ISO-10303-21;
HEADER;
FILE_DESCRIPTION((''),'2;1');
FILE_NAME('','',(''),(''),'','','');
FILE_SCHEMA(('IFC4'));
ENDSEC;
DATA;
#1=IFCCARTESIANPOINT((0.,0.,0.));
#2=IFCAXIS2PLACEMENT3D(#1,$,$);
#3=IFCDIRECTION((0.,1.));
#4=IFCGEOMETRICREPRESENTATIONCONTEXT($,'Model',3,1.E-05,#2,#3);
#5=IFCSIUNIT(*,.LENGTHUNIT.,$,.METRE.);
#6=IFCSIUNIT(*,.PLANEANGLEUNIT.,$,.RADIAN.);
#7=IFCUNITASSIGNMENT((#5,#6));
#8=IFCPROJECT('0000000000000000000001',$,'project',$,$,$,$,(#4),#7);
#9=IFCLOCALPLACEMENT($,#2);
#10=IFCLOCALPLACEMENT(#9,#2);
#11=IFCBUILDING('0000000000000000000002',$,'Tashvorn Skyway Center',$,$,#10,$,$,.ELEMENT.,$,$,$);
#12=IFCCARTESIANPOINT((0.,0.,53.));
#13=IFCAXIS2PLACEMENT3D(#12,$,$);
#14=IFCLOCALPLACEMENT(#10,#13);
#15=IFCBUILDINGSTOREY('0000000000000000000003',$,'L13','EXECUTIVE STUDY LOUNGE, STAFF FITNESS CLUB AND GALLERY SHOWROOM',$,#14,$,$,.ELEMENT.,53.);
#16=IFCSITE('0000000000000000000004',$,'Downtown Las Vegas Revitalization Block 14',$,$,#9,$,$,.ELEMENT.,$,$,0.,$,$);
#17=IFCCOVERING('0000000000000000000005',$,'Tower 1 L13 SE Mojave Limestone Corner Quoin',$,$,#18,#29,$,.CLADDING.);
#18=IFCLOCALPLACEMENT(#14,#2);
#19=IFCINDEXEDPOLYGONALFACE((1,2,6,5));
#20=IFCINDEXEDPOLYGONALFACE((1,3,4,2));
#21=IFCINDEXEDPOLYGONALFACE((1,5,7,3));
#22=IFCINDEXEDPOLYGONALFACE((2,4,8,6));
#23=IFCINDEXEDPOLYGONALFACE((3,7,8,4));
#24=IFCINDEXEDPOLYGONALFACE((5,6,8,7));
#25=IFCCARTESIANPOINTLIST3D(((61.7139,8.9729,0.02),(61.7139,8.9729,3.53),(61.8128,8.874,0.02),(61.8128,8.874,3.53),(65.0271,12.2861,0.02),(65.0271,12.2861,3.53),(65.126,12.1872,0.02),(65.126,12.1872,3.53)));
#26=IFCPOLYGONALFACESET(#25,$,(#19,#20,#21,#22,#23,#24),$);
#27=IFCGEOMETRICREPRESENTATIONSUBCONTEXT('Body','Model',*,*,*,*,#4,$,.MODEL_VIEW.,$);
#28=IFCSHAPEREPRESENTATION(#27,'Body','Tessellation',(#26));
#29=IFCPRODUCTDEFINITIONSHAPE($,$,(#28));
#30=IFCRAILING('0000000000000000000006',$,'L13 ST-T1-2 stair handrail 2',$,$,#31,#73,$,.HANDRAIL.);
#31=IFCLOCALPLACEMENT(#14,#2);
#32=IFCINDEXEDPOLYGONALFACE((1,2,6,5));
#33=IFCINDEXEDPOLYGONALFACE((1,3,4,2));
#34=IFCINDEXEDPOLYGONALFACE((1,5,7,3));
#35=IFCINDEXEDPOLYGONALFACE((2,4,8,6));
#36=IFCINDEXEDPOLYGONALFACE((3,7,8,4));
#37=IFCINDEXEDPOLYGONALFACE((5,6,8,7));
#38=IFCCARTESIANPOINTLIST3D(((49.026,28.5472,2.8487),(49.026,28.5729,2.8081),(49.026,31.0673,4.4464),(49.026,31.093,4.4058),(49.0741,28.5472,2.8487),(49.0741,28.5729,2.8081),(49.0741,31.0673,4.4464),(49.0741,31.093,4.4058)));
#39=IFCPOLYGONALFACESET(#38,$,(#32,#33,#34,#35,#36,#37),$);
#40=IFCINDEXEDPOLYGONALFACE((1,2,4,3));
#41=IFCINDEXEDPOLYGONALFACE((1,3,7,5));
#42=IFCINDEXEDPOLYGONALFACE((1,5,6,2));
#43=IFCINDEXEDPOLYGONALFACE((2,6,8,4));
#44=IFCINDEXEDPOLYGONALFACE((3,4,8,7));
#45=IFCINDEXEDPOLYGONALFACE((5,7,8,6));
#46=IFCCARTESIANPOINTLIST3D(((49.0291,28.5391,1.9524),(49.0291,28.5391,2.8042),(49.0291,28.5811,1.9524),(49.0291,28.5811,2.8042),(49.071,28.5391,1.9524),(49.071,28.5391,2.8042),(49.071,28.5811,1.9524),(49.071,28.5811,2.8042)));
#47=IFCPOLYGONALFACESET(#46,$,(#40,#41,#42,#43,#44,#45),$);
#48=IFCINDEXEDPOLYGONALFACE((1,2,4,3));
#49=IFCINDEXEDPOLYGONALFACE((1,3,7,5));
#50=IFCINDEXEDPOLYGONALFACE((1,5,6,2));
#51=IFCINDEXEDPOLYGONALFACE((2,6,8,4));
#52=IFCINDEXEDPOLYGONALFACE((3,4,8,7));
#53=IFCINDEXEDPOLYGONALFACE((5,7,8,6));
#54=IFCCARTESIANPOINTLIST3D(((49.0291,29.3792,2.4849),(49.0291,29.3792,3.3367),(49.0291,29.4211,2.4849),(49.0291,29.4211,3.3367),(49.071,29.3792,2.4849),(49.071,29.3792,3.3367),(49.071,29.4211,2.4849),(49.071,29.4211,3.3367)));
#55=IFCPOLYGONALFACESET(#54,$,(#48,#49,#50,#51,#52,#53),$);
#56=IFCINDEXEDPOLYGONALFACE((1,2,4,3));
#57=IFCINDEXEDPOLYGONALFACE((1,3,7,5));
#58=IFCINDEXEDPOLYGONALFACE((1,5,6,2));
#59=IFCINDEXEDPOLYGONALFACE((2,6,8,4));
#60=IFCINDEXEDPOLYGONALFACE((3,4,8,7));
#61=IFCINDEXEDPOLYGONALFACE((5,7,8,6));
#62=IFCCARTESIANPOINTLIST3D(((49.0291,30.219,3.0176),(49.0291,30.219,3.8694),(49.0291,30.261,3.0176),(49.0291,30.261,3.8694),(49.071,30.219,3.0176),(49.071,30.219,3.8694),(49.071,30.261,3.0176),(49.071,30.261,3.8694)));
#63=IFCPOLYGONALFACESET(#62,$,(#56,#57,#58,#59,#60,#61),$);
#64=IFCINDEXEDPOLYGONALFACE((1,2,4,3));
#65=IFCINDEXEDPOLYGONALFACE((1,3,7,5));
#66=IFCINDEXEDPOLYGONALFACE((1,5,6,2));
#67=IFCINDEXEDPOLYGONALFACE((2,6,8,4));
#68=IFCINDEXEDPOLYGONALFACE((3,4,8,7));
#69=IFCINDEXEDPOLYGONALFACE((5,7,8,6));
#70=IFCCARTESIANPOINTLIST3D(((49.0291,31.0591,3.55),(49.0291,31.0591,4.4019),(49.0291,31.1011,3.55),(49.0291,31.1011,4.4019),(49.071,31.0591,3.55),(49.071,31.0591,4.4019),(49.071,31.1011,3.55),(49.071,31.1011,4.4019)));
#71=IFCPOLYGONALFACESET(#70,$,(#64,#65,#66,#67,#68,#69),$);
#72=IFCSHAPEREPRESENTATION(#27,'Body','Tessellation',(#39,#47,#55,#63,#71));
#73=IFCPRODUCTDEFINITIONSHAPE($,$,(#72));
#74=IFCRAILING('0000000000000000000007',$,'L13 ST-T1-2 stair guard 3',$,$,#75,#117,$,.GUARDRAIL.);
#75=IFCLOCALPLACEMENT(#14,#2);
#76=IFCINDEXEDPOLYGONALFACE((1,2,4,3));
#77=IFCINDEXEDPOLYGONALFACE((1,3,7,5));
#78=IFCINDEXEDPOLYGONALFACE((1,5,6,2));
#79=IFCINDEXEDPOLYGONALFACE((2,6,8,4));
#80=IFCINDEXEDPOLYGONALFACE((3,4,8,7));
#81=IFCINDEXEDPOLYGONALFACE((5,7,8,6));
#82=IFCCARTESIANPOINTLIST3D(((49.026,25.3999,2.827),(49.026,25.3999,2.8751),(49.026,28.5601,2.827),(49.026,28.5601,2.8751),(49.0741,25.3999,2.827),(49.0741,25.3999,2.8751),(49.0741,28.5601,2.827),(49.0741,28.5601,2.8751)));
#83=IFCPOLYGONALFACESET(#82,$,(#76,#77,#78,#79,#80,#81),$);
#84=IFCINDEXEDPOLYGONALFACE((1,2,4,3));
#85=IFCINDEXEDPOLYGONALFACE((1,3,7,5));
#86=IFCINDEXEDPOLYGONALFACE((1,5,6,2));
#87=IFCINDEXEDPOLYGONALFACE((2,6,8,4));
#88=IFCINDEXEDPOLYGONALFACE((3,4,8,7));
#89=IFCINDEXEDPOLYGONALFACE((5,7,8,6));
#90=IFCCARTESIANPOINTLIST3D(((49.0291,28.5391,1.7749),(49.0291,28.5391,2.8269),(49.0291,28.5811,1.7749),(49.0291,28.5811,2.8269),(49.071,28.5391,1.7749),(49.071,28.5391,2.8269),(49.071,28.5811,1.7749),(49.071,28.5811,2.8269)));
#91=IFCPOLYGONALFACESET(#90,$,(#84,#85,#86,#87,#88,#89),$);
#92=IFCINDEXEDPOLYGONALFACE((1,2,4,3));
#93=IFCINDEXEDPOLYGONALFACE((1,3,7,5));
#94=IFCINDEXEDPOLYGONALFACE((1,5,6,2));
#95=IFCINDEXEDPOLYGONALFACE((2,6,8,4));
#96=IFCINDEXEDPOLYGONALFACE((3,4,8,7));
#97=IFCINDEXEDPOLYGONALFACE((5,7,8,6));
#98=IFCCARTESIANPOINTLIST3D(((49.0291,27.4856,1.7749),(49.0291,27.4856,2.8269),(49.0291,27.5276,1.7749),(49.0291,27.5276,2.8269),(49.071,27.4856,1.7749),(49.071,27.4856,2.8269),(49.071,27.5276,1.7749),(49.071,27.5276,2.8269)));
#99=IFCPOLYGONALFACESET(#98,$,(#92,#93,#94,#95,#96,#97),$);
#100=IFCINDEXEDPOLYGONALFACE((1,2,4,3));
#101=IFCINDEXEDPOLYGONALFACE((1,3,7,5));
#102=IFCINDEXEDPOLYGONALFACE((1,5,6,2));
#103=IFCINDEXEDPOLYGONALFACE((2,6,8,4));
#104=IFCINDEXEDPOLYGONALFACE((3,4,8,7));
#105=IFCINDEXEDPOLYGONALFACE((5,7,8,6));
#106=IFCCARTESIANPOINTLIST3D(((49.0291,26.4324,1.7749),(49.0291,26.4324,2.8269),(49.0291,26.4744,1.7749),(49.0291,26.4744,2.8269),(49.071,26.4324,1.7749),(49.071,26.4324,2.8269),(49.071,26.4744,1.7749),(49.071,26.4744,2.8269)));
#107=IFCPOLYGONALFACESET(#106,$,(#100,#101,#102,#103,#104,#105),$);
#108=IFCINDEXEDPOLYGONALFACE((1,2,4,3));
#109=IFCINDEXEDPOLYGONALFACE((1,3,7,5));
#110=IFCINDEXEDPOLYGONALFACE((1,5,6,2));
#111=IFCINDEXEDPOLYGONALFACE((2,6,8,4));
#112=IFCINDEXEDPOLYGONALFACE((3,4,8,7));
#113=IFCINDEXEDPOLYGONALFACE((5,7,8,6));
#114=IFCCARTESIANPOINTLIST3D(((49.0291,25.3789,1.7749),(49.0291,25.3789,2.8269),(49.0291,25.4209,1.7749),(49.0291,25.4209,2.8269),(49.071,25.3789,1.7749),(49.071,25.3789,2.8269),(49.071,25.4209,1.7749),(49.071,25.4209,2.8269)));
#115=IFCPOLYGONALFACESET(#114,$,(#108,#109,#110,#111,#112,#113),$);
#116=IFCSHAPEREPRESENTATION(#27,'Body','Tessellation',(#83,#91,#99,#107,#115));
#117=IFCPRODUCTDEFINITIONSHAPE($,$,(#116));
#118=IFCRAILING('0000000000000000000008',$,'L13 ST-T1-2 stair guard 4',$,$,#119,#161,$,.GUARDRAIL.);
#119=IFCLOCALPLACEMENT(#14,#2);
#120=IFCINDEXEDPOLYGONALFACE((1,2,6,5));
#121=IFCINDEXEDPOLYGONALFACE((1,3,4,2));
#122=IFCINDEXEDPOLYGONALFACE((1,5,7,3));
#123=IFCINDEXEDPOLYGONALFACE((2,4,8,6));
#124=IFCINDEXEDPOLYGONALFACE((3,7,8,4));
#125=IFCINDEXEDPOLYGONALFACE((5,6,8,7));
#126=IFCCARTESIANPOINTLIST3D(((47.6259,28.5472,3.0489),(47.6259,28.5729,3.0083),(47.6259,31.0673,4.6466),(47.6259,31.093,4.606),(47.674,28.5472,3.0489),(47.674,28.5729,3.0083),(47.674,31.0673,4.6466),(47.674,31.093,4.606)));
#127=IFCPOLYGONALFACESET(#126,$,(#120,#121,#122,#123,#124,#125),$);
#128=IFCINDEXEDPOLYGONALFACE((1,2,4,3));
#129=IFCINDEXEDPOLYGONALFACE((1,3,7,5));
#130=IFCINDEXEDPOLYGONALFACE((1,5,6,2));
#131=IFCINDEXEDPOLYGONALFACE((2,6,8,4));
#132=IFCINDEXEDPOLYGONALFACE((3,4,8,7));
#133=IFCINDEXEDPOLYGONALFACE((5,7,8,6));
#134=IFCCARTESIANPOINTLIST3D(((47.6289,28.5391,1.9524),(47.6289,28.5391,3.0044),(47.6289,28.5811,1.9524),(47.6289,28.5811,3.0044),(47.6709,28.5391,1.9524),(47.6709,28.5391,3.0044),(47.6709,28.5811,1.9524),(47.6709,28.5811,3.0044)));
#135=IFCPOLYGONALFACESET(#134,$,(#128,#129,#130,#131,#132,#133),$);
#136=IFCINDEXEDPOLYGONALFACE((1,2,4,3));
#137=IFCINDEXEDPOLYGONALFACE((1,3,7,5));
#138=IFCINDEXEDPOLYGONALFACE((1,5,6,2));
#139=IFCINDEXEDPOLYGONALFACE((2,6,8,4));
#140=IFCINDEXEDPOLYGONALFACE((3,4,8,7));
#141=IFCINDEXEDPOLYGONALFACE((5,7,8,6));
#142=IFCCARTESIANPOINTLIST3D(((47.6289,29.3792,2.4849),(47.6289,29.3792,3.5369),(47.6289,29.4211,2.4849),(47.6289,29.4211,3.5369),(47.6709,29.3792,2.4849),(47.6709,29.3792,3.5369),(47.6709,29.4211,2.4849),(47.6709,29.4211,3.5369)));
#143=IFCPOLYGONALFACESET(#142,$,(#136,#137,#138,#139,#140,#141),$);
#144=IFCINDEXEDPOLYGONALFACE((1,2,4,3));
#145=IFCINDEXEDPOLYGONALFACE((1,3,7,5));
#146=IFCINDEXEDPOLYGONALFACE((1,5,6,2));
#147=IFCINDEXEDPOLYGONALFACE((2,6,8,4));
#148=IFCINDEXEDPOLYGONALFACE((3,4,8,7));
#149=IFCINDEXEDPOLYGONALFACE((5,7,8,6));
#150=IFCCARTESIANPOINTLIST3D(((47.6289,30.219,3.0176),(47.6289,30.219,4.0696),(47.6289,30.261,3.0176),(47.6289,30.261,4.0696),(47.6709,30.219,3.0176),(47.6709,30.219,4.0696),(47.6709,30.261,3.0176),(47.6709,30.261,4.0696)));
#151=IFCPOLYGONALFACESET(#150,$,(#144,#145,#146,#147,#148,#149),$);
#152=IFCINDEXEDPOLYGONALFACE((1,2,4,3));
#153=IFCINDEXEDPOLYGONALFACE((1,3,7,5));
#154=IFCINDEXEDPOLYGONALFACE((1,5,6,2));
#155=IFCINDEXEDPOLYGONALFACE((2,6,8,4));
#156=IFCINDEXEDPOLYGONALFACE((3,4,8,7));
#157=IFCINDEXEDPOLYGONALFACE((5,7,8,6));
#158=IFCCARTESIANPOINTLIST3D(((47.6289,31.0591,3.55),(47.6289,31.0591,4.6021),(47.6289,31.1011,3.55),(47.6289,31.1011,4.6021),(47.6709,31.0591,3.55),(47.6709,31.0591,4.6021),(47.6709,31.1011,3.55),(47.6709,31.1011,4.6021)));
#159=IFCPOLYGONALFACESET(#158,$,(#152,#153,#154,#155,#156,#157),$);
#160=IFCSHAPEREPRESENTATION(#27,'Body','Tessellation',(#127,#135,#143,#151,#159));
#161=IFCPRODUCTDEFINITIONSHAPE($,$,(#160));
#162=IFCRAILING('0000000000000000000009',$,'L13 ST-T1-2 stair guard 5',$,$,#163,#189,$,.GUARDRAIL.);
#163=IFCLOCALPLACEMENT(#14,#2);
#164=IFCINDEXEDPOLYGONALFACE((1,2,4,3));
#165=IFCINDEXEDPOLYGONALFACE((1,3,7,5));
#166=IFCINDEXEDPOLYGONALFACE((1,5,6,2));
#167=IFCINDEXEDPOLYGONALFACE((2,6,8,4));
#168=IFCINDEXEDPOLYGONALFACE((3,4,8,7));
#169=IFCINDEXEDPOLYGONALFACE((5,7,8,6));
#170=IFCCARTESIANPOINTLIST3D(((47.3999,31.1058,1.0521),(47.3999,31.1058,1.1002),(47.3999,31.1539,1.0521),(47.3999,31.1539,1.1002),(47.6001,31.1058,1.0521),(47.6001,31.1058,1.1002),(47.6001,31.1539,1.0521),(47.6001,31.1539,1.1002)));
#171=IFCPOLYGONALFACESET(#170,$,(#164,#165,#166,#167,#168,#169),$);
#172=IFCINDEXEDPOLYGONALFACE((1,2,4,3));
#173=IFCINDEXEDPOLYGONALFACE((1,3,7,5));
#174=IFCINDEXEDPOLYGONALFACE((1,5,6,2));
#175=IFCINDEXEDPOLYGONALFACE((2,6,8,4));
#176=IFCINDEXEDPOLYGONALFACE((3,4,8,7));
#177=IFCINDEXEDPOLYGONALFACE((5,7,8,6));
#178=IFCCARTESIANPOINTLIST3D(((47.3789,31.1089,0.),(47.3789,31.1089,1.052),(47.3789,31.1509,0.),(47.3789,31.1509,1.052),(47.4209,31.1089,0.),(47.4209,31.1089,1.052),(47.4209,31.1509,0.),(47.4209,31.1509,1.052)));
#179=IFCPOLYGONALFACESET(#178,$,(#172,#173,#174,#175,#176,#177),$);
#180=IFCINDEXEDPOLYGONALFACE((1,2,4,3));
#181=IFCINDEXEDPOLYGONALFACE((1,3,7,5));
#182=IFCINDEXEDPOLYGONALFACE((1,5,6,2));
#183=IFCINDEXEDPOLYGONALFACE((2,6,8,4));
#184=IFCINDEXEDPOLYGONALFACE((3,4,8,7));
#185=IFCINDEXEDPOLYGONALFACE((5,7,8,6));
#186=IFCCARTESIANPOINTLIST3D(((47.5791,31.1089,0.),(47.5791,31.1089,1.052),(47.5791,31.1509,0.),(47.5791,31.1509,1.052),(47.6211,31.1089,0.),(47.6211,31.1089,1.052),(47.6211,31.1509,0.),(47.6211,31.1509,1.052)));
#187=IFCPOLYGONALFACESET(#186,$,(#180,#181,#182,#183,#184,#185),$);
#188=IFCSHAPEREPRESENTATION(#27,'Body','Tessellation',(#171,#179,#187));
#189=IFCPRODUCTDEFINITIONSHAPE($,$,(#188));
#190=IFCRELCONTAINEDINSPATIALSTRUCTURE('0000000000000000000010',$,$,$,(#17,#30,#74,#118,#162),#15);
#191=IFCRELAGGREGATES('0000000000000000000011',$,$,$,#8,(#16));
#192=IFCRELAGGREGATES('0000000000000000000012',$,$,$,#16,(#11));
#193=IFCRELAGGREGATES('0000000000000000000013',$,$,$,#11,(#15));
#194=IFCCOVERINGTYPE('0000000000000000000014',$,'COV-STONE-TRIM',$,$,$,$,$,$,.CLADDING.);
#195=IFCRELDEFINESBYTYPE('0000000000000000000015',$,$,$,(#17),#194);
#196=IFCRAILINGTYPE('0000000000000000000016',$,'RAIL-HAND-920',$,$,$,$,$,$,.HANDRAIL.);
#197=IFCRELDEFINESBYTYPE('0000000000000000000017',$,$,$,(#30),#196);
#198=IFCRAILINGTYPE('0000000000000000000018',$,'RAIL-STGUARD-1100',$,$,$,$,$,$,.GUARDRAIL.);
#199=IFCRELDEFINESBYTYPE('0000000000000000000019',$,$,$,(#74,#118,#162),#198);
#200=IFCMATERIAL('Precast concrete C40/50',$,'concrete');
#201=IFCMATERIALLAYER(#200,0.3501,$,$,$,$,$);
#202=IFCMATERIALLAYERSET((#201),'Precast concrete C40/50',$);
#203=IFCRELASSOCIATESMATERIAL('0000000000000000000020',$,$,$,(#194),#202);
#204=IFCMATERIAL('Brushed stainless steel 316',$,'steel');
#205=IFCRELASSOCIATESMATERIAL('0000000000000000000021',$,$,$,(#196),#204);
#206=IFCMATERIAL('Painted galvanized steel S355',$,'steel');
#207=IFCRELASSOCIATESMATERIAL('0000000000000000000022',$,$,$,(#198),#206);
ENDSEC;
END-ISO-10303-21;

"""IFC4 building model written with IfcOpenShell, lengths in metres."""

from ifc_helpers import new_model, si_unit, direction, frame, origin, origin_2d, place, context, subcontext, project, spatial, rectangle, extrude, material, layer, layer_set, type_object, element, save


model = new_model("IFC4")

# Units and contexts
model_context = context("Model", 3, precision=1e-05, world=origin(), true_north=direction((0.0, 1.0)))
body_context = subcontext(model_context, "Body", "Model", "MODEL_VIEW")
ifc_project = project(units=[si_unit("LENGTHUNIT", "METRE"), si_unit("PLANEANGLEUNIT", "RADIAN")], contexts=[model_context])

# Site, building, storey
site_placement = place(None, origin())
site = spatial("IfcSite", under=ifc_project, at=site_placement, Name="Downtown Las Vegas Revitalization Block 14", CompositionType="ELEMENT", RefElevation=0.0)
building_placement = place(site_placement, origin())
building = spatial("IfcBuilding", under=site, at=building_placement, Name="Tashvorn Skyway Center", CompositionType="ELEMENT")
storey_placement = place(building_placement, frame((0.0, 0.0, 53.0)))
storey = spatial("IfcBuildingStorey", under=building, at=storey_placement, Name="L13", Description="EXECUTIVE STUDY LOUNGE, STAFF FITNESS CLUB AND GALLERY SHOWROOM", CompositionType="ELEMENT", Elevation=53.0)

# Covering
ifc_material_1 = material(Name="Precast concrete C40/50", Category="concrete")
ifc_layer_1 = layer(ifc_material_1, 0.3501)
ifc_layer_set_1 = layer_set([ifc_layer_1], Name="Precast concrete C40/50")
covering_type_1 = type_object("IfcCoveringType", Name="COV-STONE-TRIM", PredefinedType="CLADDING", material=ifc_layer_set_1)
covering_1_placement = place(storey_placement, frame((63.4199, 10.5801, 0.02), z_axis=(0.0, 0.0, 1.0), x_axis=(0.707107, 0.707107, 0.0)))
element("IfcCovering", 1, at=covering_1_placement, inside=storey, type_object=covering_type_1, Name="Tower 1 L13 SE Mojave Limestone Corner Quoin", PredefinedType="CLADDING", context=body_context, shape_type="SweptSolid", body=[
    extrude(rectangle(XDim=4.6855, YDim=0.1399, at=origin_2d()), origin(), (0.0, 0.0, 1.0), 3.51),
])

# Railings
ifc_material_2 = material(Name="Brushed stainless steel 316", Category="steel")
railing_type_1 = type_object("IfcRailingType", Name="RAIL-HAND-920", PredefinedType="HANDRAIL", material=ifc_material_2)
railing_1_placement = place(storey_placement, frame((49.05, 28.5601, 1.9524)))
element("IfcRailing", 2, at=railing_1_placement, inside=storey, type_object=railing_type_1, Name="L13 ST-T1-2 stair handrail 2", PredefinedType="HANDRAIL", context=body_context, shape_type="SweptSolid", body=[
    extrude(rectangle(XDim=0.0481, YDim=0.0481, at=origin_2d()), frame((0.0, 0.0, 0.876), z_axis=(0.0, 0.84457, 0.535445), x_axis=(-1.0, 0.0, 0.0)), (0.0, 0.0, 1.0), 2.9839),
    extrude(rectangle(XDim=0.042, YDim=0.042, at=origin_2d()), origin(), (0.0, 0.0, 1.0), 0.8518),
    extrude(rectangle(XDim=0.042, YDim=0.042, at=origin_2d()), frame((0.0, 0.8401, 0.5325)), (0.0, 0.0, 1.0), 0.8518),
    extrude(rectangle(XDim=0.042, YDim=0.042, at=origin_2d()), frame((0.0, 1.6799, 1.0652)), (0.0, 0.0, 1.0), 0.8518),
    extrude(rectangle(XDim=0.042, YDim=0.042, at=origin_2d()), frame((0.0, 2.52, 1.5977)), (0.0, 0.0, 1.0), 0.8518),
])
ifc_material_3 = material(Name="Painted galvanized steel S355", Category="steel")
railing_type_2 = type_object("IfcRailingType", Name="RAIL-STGUARD-1100", PredefinedType="GUARDRAIL", material=ifc_material_3)
railing_2_placement = place(storey_placement, frame((49.05, 28.5601, 1.7749)))
element("IfcRailing", 3, at=railing_2_placement, inside=storey, type_object=railing_type_2, Name="L13 ST-T1-2 stair guard 3", PredefinedType="GUARDRAIL", context=body_context, shape_type="SweptSolid", body=[
    extrude(rectangle(XDim=0.0481, YDim=0.0481, at=origin_2d()), frame((0.0, 0.0, 1.0762), z_axis=(0.0, -1.0, 0.0), x_axis=(1.0, 0.0, 0.0)), (0.0, 0.0, 1.0), 3.1602),
    extrude(rectangle(XDim=0.042, YDim=0.042, at=origin_2d()), origin(), (0.0, 0.0, 1.0), 1.052),
    extrude(rectangle(XDim=0.042, YDim=0.042, at=origin_2d()), frame((0.0, -1.0535, 0.0)), (0.0, 0.0, 1.0), 1.052),
    extrude(rectangle(XDim=0.042, YDim=0.042, at=origin_2d()), frame((0.0, -2.1067, 0.0)), (0.0, 0.0, 1.0), 1.052),
    extrude(rectangle(XDim=0.042, YDim=0.042, at=origin_2d()), frame((0.0, -3.1602, 0.0)), (0.0, 0.0, 1.0), 1.052),
])
railing_3_placement = place(storey_placement, frame((47.6499, 28.5601, 1.9524)))
element("IfcRailing", 4, at=railing_3_placement, inside=storey, type_object=railing_type_2, Name="L13 ST-T1-2 stair guard 4", PredefinedType="GUARDRAIL", context=body_context, shape_type="SweptSolid", body=[
    extrude(rectangle(XDim=0.0481, YDim=0.0481, at=origin_2d()), frame((0.0, 0.0, 1.0762), z_axis=(0.0, 0.84457, 0.535445), x_axis=(-1.0, 0.0, 0.0)), (0.0, 0.0, 1.0), 2.9839),
    extrude(rectangle(XDim=0.042, YDim=0.042, at=origin_2d()), origin(), (0.0, 0.0, 1.0), 1.052),
    extrude(rectangle(XDim=0.042, YDim=0.042, at=origin_2d()), frame((0.0, 0.8401, 0.5325)), (0.0, 0.0, 1.0), 1.052),
    extrude(rectangle(XDim=0.042, YDim=0.042, at=origin_2d()), frame((0.0, 1.6799, 1.0652)), (0.0, 0.0, 1.0), 1.052),
    extrude(rectangle(XDim=0.042, YDim=0.042, at=origin_2d()), frame((0.0, 2.52, 1.5977)), (0.0, 0.0, 1.0), 1.052),
])
railing_4_placement = place(storey_placement, frame((47.3999, 31.1299, 0.0)))
element("IfcRailing", 5, at=railing_4_placement, inside=storey, type_object=railing_type_2, Name="L13 ST-T1-2 stair guard 5", PredefinedType="GUARDRAIL", context=body_context, shape_type="SweptSolid", body=[
    extrude(rectangle(XDim=0.0481, YDim=0.0481, at=origin_2d()), frame((0.0, 0.0, 1.0762), z_axis=(1.0, 0.0, 0.0), x_axis=(0.0, 1.0, 0.0)), (0.0, 0.0, 1.0), 0.2002),
    extrude(rectangle(XDim=0.042, YDim=0.042, at=origin_2d()), origin(), (0.0, 0.0, 1.0), 1.052),
    extrude(rectangle(XDim=0.042, YDim=0.042, at=origin_2d()), frame((0.2002, 0.0, 0.0)), (0.0, 0.0, 1.0), 1.052),
])

save(model, "model.ifc")
